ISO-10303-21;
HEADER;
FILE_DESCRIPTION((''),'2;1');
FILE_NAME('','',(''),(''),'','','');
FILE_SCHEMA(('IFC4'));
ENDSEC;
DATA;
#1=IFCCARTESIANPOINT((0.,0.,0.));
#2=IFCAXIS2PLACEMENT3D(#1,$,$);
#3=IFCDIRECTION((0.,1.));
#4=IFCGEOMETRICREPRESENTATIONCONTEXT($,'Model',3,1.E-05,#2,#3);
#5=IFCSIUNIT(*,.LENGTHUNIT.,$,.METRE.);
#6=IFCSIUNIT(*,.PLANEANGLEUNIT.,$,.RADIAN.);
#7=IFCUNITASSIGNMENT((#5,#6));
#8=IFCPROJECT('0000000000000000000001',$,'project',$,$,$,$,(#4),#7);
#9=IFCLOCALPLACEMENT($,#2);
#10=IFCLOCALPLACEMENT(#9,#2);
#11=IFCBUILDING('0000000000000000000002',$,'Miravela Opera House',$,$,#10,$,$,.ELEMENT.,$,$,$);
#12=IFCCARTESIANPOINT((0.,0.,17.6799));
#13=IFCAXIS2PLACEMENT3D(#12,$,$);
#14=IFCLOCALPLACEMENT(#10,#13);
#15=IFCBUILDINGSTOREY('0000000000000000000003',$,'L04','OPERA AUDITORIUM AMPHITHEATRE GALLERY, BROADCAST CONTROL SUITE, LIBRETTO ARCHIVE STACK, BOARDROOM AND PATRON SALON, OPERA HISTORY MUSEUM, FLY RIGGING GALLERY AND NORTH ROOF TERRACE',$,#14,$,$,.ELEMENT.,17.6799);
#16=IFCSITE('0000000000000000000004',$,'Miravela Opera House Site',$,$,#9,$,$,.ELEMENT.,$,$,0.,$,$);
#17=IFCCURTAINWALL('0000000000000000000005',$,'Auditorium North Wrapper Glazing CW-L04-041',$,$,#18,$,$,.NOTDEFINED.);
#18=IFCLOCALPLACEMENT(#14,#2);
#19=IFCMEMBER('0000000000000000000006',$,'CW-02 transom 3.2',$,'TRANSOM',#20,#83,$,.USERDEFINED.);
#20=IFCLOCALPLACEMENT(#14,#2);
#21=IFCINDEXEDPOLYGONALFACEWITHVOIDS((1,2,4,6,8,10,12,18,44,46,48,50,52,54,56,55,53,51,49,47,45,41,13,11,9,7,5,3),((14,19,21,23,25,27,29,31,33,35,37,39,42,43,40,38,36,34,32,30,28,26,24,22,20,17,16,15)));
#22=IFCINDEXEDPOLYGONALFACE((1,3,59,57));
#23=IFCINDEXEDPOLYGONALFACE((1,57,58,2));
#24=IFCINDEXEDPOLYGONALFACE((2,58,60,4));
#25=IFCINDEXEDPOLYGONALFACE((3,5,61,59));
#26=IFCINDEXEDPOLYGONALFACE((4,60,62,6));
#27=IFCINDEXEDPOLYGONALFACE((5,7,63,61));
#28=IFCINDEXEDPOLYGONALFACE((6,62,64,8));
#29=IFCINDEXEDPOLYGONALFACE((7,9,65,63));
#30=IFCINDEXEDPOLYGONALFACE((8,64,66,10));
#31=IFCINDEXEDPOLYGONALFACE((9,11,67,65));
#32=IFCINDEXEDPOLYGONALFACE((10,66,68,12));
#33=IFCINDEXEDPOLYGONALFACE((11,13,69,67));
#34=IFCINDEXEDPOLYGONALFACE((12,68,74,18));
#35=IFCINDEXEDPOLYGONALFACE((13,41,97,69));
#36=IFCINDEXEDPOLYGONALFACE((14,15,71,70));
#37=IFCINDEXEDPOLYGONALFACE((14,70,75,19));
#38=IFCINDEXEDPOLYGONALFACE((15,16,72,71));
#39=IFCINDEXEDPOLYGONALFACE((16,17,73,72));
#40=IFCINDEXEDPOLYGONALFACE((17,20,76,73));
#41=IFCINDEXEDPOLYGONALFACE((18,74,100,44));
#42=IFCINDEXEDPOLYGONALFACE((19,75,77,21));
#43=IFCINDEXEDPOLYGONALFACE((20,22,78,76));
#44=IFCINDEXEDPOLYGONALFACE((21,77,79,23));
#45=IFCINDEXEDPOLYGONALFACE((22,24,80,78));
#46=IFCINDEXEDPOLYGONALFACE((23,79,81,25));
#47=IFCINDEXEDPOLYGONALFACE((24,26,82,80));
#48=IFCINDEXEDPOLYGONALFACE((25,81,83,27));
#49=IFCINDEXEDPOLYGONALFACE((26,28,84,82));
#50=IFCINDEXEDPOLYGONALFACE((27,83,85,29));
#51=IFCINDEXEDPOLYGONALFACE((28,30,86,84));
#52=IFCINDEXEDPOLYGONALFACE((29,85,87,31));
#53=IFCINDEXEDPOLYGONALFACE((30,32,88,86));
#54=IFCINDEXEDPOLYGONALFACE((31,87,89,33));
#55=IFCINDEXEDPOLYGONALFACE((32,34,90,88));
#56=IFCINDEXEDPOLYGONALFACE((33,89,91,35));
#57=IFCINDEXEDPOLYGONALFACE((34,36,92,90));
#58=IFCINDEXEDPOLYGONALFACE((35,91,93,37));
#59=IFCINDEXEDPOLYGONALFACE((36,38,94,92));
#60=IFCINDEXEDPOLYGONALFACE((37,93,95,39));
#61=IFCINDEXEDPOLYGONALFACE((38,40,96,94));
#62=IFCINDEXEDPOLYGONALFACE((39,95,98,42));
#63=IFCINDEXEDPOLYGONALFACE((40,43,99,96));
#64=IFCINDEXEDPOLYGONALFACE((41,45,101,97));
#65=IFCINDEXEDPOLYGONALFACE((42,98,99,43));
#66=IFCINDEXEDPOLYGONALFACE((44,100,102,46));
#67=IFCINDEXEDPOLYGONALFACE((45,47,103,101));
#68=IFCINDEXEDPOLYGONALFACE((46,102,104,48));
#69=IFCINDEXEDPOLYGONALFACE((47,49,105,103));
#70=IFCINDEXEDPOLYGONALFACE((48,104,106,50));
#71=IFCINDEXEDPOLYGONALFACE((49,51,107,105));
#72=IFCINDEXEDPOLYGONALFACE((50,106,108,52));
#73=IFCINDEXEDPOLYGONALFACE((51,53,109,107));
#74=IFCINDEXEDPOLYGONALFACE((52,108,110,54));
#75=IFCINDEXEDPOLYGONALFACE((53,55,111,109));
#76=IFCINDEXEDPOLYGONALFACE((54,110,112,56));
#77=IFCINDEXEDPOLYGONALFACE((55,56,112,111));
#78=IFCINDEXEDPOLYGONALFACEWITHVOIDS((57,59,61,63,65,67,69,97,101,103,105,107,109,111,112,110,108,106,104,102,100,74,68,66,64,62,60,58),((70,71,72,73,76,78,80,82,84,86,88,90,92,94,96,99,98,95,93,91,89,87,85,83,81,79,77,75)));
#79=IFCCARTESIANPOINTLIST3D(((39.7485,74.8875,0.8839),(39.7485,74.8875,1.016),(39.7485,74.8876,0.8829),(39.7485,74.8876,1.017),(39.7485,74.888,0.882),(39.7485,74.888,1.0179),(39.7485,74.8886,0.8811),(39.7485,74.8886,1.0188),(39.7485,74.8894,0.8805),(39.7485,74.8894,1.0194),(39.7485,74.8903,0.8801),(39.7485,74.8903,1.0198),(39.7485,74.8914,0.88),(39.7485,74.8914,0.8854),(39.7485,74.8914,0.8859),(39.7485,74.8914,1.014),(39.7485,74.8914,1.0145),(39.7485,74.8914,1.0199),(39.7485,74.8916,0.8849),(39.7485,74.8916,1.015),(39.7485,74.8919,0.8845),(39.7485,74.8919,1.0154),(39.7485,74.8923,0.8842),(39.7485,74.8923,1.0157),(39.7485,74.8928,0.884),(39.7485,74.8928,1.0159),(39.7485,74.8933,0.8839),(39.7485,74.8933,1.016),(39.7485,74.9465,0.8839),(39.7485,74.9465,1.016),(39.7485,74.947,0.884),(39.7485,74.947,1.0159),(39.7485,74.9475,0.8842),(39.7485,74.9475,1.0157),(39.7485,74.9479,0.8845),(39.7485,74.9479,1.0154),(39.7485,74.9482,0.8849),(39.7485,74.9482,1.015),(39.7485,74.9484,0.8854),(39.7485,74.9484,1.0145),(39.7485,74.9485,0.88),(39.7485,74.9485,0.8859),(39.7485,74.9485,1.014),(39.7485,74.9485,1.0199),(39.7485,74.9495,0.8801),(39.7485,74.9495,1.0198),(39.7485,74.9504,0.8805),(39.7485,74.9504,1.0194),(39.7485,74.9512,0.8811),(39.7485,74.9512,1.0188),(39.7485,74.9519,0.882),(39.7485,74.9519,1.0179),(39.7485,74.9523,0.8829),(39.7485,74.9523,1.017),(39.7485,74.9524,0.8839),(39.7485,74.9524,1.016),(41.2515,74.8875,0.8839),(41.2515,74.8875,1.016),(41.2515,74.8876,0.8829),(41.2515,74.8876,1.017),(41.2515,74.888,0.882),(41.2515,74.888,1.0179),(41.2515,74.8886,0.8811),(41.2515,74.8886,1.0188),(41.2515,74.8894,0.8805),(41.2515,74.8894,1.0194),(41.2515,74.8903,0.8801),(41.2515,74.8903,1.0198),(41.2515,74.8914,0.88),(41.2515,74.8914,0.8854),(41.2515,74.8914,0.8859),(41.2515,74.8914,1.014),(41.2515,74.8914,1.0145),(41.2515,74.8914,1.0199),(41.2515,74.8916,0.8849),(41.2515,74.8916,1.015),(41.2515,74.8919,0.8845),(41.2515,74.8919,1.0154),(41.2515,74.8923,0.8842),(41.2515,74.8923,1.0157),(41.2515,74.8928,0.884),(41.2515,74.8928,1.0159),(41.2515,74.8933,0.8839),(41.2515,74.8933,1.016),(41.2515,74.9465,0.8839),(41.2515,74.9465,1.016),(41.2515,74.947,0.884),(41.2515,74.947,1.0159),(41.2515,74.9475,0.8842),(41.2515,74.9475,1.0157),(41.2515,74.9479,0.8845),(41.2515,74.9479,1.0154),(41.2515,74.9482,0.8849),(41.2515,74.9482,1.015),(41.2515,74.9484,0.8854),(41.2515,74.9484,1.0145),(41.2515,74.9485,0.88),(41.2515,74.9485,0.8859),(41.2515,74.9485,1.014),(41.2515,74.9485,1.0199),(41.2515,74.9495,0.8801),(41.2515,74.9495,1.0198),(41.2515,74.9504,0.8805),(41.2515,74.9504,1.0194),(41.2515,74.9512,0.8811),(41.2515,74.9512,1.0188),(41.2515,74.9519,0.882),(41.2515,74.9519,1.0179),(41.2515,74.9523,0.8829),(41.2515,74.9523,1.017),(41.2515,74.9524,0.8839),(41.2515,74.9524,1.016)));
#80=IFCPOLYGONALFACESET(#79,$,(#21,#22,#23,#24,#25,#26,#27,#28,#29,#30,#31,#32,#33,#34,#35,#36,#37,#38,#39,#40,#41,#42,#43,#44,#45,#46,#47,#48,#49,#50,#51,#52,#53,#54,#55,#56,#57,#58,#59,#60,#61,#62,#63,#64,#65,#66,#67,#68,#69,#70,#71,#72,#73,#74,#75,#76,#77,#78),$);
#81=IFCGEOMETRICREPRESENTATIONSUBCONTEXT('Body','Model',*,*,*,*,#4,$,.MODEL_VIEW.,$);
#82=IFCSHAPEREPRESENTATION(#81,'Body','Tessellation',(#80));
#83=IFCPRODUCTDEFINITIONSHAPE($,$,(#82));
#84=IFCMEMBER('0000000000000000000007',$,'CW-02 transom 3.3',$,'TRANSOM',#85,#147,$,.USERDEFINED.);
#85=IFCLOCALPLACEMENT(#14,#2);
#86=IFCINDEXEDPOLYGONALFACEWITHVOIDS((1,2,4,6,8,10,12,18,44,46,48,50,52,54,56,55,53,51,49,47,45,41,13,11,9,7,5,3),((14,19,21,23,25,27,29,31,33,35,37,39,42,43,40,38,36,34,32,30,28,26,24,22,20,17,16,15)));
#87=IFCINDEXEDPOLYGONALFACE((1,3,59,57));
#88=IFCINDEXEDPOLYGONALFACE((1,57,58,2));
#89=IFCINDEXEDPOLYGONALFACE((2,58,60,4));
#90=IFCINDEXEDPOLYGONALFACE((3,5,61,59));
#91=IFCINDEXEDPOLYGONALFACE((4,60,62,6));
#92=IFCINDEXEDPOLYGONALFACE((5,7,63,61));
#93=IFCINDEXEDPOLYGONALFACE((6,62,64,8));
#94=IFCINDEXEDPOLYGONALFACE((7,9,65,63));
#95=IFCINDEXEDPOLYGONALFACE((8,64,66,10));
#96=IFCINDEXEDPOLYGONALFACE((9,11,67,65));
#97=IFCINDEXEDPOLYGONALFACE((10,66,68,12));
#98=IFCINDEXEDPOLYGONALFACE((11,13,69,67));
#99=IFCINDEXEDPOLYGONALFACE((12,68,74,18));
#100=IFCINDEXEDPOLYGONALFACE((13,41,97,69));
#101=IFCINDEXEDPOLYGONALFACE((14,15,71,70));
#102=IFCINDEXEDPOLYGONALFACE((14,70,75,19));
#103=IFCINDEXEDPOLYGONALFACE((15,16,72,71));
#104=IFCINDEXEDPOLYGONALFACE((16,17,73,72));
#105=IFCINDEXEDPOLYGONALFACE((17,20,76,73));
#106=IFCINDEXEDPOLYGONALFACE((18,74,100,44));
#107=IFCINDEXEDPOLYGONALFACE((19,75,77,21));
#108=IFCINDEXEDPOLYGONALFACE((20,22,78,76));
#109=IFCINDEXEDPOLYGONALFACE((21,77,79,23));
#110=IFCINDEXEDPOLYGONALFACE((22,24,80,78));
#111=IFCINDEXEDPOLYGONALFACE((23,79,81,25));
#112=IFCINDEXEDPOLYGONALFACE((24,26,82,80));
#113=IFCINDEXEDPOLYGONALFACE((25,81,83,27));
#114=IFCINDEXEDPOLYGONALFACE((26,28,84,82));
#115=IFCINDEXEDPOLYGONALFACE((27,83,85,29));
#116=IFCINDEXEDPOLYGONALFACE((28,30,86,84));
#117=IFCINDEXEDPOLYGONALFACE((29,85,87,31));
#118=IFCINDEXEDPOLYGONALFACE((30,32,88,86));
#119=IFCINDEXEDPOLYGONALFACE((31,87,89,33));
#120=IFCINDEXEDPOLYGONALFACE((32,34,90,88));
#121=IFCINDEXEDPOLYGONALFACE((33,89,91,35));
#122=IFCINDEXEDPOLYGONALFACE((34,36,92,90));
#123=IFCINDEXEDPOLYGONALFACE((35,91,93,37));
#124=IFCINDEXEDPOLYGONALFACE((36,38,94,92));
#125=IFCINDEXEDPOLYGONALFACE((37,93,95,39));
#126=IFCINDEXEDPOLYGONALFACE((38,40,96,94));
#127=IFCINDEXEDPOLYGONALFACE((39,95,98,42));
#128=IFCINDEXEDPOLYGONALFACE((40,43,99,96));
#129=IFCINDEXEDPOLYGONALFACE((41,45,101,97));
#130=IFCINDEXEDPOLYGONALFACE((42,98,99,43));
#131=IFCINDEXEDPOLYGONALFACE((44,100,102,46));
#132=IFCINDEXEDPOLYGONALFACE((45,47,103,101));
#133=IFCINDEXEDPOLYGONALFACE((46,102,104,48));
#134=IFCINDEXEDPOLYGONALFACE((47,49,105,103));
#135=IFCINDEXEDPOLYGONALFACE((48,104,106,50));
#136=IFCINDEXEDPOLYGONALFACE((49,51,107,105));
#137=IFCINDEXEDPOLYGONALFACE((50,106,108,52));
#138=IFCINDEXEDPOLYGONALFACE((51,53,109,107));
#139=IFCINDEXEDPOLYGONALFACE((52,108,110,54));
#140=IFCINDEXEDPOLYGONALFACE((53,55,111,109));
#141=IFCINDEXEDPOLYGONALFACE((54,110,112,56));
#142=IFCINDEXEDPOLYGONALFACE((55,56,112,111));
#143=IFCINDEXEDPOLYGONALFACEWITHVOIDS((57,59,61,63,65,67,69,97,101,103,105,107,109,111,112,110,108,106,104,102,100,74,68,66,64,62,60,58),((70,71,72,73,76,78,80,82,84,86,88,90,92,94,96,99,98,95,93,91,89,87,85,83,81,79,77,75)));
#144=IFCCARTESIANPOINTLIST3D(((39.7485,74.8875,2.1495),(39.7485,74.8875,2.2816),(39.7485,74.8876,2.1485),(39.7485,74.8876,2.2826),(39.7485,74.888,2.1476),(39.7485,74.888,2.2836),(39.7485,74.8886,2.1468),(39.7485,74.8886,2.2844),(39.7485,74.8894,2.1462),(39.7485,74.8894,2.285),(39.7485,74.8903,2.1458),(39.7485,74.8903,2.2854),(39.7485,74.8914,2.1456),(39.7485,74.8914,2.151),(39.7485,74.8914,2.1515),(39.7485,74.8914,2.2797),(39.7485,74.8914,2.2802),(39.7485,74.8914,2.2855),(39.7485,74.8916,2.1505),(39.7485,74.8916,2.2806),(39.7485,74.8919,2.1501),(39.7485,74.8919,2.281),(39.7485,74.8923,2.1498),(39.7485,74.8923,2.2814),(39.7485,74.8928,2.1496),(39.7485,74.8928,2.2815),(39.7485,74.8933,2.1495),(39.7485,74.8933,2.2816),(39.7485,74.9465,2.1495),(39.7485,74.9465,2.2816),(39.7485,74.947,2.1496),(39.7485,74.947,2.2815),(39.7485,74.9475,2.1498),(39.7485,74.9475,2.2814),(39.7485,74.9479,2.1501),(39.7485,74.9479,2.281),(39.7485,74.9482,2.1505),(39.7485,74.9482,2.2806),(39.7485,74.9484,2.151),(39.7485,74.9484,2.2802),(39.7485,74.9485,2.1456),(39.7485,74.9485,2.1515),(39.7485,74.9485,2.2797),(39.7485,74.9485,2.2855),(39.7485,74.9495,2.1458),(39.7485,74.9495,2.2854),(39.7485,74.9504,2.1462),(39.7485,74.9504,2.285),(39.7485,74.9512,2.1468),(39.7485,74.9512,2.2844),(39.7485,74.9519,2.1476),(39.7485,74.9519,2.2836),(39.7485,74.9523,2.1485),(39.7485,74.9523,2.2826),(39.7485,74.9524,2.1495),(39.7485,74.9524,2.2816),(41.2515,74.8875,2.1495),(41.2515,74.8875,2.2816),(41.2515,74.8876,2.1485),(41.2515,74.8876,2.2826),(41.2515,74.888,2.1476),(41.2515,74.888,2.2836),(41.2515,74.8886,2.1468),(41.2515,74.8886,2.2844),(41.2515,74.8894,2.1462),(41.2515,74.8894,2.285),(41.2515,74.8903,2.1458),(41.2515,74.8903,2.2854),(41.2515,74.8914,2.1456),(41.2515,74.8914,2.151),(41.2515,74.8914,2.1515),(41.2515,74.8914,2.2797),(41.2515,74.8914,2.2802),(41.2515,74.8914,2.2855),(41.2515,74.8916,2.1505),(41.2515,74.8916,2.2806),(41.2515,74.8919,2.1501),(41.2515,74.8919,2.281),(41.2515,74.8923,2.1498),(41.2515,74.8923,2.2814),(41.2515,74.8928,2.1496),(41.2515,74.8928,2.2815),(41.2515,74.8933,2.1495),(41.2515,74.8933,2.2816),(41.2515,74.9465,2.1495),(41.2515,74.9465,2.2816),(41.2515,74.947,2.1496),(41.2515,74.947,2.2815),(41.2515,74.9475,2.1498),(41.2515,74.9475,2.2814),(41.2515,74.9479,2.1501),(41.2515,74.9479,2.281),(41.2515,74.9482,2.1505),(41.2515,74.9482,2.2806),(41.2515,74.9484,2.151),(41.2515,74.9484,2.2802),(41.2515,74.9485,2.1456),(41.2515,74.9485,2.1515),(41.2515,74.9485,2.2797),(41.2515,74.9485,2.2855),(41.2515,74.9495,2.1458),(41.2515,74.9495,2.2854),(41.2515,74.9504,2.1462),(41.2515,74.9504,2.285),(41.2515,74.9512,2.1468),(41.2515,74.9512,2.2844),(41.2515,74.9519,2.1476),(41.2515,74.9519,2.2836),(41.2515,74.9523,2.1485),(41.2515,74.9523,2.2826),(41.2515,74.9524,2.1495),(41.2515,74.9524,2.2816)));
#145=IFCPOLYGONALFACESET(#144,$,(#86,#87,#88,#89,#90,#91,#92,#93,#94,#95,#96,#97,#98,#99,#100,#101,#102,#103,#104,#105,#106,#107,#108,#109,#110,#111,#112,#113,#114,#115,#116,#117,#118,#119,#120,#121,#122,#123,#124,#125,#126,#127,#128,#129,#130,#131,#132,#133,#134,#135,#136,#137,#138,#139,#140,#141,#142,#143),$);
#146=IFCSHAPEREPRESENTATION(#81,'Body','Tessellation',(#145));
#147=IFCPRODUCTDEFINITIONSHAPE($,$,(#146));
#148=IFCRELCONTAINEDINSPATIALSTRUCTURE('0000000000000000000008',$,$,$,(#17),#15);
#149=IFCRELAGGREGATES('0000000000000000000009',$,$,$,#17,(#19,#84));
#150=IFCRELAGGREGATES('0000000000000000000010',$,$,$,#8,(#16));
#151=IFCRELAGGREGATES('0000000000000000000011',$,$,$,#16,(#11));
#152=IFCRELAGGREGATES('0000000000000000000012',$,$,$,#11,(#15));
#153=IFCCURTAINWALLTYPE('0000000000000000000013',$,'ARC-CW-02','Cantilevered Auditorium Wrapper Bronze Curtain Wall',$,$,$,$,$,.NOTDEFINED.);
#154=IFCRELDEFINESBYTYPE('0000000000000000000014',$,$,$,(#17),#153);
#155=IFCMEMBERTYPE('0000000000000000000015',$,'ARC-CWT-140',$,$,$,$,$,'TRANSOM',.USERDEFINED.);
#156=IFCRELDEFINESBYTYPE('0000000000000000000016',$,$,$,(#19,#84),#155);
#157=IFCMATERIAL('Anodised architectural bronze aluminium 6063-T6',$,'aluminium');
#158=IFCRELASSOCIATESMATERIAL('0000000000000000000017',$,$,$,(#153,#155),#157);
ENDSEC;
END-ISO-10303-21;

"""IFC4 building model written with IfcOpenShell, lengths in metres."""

from ifc_helpers import new_model, si_unit, direction, frame, origin, origin_2d, place, context, subcontext, project, spatial, hollow_rectangle, extrude, material, material_profile, profile_set, type_object, element, aggregate, save


model = new_model("IFC4")

# Units and contexts
model_context = context("Model", 3, precision=1e-05, world=origin(), true_north=direction((0.0, 1.0)))
body_context = subcontext(model_context, "Body", "Model", "MODEL_VIEW")
ifc_project = project(units=[si_unit("LENGTHUNIT", "METRE"), si_unit("PLANEANGLEUNIT", "RADIAN")], contexts=[model_context])

# Site, building, storey
site_placement = place(None, origin())
site = spatial("IfcSite", under=ifc_project, at=site_placement, Name="Miravela Opera House Site", CompositionType="ELEMENT", RefElevation=0.0)
building_placement = place(site_placement, origin())
building = spatial("IfcBuilding", under=site, at=building_placement, Name="Miravela Opera House", CompositionType="ELEMENT")
storey_placement = place(building_placement, frame((0.0, 0.0, 17.6799)))
storey = spatial("IfcBuildingStorey", under=building, at=storey_placement, Name="L04", Description="OPERA AUDITORIUM AMPHITHEATRE GALLERY, BROADCAST CONTROL SUITE, LIBRETTO ARCHIVE STACK, BOARDROOM AND PATRON SALON, OPERA HISTORY MUSEUM, FLY RIGGING GALLERY AND NORTH ROOF TERRACE", CompositionType="ELEMENT", Elevation=17.6799)

# Curtain wall, members
ifc_material_1 = material(Name="Anodised architectural bronze aluminium 6063-T6", Category="aluminium")
curtain_wall_type = type_object("IfcCurtainWallType", Name="ARC-CW-02", Description="Cantilevered Auditorium Wrapper Bronze Curtain Wall", PredefinedType="NOTDEFINED", material=ifc_material_1)
curtain_wall_placement = place(storey_placement, origin())
curtain_wall = element("IfcCurtainWall", 1, at=curtain_wall_placement, inside=storey, type_object=curtain_wall_type, Name="Auditorium North Wrapper Glazing CW-L04-041", PredefinedType="NOTDEFINED")
ifc_material_profile_1 = material_profile(ifc_material_1, hollow_rectangle(XDim=0.0649, YDim=0.1399, WallThickness=0.0039, InnerFilletRadius=0.002, OuterFilletRadius=0.0039, at=origin_2d()), Name="CWT-65X140")
ifc_profile_set_1 = profile_set([ifc_material_profile_1])
member_type_1 = type_object("IfcMemberType", Name="ARC-CWT-140", ElementType="TRANSOM", PredefinedType="USERDEFINED", material=ifc_profile_set_1)
member_1_placement = place(storey_placement, frame((39.7485, 74.9199, 0.95), z_axis=(1.0, 0.0, 0.0), x_axis=(0.0, 1.0, 0.0)))
member_1 = element("IfcMember", 2, at=member_1_placement, type_object=member_type_1, Name="CW-02 transom 3.2", ObjectType="TRANSOM", PredefinedType="USERDEFINED", context=body_context, shape_type="SweptSolid", body=[
    extrude(hollow_rectangle(XDim=0.0649, YDim=0.1399, WallThickness=0.0039, InnerFilletRadius=0.002, OuterFilletRadius=0.0039, at=origin_2d()), origin(), (0.0, 0.0, 1.0), 1.5029),
])
member_2_placement = place(storey_placement, frame((39.7485, 74.9199, 2.2156), z_axis=(1.0, 0.0, 0.0), x_axis=(0.0, 1.0, 0.0)))
member_2 = element("IfcMember", 3, at=member_2_placement, type_object=member_type_1, Name="CW-02 transom 3.3", ObjectType="TRANSOM", PredefinedType="USERDEFINED", context=body_context, shape_type="SweptSolid", body=[
    extrude(hollow_rectangle(XDim=0.0649, YDim=0.1399, WallThickness=0.0039, InnerFilletRadius=0.002, OuterFilletRadius=0.0039, at=origin_2d()), origin(), (0.0, 0.0, 1.0), 1.5029),
])
aggregate(curtain_wall, [member_1, member_2])

save(model, "model.ifc")
